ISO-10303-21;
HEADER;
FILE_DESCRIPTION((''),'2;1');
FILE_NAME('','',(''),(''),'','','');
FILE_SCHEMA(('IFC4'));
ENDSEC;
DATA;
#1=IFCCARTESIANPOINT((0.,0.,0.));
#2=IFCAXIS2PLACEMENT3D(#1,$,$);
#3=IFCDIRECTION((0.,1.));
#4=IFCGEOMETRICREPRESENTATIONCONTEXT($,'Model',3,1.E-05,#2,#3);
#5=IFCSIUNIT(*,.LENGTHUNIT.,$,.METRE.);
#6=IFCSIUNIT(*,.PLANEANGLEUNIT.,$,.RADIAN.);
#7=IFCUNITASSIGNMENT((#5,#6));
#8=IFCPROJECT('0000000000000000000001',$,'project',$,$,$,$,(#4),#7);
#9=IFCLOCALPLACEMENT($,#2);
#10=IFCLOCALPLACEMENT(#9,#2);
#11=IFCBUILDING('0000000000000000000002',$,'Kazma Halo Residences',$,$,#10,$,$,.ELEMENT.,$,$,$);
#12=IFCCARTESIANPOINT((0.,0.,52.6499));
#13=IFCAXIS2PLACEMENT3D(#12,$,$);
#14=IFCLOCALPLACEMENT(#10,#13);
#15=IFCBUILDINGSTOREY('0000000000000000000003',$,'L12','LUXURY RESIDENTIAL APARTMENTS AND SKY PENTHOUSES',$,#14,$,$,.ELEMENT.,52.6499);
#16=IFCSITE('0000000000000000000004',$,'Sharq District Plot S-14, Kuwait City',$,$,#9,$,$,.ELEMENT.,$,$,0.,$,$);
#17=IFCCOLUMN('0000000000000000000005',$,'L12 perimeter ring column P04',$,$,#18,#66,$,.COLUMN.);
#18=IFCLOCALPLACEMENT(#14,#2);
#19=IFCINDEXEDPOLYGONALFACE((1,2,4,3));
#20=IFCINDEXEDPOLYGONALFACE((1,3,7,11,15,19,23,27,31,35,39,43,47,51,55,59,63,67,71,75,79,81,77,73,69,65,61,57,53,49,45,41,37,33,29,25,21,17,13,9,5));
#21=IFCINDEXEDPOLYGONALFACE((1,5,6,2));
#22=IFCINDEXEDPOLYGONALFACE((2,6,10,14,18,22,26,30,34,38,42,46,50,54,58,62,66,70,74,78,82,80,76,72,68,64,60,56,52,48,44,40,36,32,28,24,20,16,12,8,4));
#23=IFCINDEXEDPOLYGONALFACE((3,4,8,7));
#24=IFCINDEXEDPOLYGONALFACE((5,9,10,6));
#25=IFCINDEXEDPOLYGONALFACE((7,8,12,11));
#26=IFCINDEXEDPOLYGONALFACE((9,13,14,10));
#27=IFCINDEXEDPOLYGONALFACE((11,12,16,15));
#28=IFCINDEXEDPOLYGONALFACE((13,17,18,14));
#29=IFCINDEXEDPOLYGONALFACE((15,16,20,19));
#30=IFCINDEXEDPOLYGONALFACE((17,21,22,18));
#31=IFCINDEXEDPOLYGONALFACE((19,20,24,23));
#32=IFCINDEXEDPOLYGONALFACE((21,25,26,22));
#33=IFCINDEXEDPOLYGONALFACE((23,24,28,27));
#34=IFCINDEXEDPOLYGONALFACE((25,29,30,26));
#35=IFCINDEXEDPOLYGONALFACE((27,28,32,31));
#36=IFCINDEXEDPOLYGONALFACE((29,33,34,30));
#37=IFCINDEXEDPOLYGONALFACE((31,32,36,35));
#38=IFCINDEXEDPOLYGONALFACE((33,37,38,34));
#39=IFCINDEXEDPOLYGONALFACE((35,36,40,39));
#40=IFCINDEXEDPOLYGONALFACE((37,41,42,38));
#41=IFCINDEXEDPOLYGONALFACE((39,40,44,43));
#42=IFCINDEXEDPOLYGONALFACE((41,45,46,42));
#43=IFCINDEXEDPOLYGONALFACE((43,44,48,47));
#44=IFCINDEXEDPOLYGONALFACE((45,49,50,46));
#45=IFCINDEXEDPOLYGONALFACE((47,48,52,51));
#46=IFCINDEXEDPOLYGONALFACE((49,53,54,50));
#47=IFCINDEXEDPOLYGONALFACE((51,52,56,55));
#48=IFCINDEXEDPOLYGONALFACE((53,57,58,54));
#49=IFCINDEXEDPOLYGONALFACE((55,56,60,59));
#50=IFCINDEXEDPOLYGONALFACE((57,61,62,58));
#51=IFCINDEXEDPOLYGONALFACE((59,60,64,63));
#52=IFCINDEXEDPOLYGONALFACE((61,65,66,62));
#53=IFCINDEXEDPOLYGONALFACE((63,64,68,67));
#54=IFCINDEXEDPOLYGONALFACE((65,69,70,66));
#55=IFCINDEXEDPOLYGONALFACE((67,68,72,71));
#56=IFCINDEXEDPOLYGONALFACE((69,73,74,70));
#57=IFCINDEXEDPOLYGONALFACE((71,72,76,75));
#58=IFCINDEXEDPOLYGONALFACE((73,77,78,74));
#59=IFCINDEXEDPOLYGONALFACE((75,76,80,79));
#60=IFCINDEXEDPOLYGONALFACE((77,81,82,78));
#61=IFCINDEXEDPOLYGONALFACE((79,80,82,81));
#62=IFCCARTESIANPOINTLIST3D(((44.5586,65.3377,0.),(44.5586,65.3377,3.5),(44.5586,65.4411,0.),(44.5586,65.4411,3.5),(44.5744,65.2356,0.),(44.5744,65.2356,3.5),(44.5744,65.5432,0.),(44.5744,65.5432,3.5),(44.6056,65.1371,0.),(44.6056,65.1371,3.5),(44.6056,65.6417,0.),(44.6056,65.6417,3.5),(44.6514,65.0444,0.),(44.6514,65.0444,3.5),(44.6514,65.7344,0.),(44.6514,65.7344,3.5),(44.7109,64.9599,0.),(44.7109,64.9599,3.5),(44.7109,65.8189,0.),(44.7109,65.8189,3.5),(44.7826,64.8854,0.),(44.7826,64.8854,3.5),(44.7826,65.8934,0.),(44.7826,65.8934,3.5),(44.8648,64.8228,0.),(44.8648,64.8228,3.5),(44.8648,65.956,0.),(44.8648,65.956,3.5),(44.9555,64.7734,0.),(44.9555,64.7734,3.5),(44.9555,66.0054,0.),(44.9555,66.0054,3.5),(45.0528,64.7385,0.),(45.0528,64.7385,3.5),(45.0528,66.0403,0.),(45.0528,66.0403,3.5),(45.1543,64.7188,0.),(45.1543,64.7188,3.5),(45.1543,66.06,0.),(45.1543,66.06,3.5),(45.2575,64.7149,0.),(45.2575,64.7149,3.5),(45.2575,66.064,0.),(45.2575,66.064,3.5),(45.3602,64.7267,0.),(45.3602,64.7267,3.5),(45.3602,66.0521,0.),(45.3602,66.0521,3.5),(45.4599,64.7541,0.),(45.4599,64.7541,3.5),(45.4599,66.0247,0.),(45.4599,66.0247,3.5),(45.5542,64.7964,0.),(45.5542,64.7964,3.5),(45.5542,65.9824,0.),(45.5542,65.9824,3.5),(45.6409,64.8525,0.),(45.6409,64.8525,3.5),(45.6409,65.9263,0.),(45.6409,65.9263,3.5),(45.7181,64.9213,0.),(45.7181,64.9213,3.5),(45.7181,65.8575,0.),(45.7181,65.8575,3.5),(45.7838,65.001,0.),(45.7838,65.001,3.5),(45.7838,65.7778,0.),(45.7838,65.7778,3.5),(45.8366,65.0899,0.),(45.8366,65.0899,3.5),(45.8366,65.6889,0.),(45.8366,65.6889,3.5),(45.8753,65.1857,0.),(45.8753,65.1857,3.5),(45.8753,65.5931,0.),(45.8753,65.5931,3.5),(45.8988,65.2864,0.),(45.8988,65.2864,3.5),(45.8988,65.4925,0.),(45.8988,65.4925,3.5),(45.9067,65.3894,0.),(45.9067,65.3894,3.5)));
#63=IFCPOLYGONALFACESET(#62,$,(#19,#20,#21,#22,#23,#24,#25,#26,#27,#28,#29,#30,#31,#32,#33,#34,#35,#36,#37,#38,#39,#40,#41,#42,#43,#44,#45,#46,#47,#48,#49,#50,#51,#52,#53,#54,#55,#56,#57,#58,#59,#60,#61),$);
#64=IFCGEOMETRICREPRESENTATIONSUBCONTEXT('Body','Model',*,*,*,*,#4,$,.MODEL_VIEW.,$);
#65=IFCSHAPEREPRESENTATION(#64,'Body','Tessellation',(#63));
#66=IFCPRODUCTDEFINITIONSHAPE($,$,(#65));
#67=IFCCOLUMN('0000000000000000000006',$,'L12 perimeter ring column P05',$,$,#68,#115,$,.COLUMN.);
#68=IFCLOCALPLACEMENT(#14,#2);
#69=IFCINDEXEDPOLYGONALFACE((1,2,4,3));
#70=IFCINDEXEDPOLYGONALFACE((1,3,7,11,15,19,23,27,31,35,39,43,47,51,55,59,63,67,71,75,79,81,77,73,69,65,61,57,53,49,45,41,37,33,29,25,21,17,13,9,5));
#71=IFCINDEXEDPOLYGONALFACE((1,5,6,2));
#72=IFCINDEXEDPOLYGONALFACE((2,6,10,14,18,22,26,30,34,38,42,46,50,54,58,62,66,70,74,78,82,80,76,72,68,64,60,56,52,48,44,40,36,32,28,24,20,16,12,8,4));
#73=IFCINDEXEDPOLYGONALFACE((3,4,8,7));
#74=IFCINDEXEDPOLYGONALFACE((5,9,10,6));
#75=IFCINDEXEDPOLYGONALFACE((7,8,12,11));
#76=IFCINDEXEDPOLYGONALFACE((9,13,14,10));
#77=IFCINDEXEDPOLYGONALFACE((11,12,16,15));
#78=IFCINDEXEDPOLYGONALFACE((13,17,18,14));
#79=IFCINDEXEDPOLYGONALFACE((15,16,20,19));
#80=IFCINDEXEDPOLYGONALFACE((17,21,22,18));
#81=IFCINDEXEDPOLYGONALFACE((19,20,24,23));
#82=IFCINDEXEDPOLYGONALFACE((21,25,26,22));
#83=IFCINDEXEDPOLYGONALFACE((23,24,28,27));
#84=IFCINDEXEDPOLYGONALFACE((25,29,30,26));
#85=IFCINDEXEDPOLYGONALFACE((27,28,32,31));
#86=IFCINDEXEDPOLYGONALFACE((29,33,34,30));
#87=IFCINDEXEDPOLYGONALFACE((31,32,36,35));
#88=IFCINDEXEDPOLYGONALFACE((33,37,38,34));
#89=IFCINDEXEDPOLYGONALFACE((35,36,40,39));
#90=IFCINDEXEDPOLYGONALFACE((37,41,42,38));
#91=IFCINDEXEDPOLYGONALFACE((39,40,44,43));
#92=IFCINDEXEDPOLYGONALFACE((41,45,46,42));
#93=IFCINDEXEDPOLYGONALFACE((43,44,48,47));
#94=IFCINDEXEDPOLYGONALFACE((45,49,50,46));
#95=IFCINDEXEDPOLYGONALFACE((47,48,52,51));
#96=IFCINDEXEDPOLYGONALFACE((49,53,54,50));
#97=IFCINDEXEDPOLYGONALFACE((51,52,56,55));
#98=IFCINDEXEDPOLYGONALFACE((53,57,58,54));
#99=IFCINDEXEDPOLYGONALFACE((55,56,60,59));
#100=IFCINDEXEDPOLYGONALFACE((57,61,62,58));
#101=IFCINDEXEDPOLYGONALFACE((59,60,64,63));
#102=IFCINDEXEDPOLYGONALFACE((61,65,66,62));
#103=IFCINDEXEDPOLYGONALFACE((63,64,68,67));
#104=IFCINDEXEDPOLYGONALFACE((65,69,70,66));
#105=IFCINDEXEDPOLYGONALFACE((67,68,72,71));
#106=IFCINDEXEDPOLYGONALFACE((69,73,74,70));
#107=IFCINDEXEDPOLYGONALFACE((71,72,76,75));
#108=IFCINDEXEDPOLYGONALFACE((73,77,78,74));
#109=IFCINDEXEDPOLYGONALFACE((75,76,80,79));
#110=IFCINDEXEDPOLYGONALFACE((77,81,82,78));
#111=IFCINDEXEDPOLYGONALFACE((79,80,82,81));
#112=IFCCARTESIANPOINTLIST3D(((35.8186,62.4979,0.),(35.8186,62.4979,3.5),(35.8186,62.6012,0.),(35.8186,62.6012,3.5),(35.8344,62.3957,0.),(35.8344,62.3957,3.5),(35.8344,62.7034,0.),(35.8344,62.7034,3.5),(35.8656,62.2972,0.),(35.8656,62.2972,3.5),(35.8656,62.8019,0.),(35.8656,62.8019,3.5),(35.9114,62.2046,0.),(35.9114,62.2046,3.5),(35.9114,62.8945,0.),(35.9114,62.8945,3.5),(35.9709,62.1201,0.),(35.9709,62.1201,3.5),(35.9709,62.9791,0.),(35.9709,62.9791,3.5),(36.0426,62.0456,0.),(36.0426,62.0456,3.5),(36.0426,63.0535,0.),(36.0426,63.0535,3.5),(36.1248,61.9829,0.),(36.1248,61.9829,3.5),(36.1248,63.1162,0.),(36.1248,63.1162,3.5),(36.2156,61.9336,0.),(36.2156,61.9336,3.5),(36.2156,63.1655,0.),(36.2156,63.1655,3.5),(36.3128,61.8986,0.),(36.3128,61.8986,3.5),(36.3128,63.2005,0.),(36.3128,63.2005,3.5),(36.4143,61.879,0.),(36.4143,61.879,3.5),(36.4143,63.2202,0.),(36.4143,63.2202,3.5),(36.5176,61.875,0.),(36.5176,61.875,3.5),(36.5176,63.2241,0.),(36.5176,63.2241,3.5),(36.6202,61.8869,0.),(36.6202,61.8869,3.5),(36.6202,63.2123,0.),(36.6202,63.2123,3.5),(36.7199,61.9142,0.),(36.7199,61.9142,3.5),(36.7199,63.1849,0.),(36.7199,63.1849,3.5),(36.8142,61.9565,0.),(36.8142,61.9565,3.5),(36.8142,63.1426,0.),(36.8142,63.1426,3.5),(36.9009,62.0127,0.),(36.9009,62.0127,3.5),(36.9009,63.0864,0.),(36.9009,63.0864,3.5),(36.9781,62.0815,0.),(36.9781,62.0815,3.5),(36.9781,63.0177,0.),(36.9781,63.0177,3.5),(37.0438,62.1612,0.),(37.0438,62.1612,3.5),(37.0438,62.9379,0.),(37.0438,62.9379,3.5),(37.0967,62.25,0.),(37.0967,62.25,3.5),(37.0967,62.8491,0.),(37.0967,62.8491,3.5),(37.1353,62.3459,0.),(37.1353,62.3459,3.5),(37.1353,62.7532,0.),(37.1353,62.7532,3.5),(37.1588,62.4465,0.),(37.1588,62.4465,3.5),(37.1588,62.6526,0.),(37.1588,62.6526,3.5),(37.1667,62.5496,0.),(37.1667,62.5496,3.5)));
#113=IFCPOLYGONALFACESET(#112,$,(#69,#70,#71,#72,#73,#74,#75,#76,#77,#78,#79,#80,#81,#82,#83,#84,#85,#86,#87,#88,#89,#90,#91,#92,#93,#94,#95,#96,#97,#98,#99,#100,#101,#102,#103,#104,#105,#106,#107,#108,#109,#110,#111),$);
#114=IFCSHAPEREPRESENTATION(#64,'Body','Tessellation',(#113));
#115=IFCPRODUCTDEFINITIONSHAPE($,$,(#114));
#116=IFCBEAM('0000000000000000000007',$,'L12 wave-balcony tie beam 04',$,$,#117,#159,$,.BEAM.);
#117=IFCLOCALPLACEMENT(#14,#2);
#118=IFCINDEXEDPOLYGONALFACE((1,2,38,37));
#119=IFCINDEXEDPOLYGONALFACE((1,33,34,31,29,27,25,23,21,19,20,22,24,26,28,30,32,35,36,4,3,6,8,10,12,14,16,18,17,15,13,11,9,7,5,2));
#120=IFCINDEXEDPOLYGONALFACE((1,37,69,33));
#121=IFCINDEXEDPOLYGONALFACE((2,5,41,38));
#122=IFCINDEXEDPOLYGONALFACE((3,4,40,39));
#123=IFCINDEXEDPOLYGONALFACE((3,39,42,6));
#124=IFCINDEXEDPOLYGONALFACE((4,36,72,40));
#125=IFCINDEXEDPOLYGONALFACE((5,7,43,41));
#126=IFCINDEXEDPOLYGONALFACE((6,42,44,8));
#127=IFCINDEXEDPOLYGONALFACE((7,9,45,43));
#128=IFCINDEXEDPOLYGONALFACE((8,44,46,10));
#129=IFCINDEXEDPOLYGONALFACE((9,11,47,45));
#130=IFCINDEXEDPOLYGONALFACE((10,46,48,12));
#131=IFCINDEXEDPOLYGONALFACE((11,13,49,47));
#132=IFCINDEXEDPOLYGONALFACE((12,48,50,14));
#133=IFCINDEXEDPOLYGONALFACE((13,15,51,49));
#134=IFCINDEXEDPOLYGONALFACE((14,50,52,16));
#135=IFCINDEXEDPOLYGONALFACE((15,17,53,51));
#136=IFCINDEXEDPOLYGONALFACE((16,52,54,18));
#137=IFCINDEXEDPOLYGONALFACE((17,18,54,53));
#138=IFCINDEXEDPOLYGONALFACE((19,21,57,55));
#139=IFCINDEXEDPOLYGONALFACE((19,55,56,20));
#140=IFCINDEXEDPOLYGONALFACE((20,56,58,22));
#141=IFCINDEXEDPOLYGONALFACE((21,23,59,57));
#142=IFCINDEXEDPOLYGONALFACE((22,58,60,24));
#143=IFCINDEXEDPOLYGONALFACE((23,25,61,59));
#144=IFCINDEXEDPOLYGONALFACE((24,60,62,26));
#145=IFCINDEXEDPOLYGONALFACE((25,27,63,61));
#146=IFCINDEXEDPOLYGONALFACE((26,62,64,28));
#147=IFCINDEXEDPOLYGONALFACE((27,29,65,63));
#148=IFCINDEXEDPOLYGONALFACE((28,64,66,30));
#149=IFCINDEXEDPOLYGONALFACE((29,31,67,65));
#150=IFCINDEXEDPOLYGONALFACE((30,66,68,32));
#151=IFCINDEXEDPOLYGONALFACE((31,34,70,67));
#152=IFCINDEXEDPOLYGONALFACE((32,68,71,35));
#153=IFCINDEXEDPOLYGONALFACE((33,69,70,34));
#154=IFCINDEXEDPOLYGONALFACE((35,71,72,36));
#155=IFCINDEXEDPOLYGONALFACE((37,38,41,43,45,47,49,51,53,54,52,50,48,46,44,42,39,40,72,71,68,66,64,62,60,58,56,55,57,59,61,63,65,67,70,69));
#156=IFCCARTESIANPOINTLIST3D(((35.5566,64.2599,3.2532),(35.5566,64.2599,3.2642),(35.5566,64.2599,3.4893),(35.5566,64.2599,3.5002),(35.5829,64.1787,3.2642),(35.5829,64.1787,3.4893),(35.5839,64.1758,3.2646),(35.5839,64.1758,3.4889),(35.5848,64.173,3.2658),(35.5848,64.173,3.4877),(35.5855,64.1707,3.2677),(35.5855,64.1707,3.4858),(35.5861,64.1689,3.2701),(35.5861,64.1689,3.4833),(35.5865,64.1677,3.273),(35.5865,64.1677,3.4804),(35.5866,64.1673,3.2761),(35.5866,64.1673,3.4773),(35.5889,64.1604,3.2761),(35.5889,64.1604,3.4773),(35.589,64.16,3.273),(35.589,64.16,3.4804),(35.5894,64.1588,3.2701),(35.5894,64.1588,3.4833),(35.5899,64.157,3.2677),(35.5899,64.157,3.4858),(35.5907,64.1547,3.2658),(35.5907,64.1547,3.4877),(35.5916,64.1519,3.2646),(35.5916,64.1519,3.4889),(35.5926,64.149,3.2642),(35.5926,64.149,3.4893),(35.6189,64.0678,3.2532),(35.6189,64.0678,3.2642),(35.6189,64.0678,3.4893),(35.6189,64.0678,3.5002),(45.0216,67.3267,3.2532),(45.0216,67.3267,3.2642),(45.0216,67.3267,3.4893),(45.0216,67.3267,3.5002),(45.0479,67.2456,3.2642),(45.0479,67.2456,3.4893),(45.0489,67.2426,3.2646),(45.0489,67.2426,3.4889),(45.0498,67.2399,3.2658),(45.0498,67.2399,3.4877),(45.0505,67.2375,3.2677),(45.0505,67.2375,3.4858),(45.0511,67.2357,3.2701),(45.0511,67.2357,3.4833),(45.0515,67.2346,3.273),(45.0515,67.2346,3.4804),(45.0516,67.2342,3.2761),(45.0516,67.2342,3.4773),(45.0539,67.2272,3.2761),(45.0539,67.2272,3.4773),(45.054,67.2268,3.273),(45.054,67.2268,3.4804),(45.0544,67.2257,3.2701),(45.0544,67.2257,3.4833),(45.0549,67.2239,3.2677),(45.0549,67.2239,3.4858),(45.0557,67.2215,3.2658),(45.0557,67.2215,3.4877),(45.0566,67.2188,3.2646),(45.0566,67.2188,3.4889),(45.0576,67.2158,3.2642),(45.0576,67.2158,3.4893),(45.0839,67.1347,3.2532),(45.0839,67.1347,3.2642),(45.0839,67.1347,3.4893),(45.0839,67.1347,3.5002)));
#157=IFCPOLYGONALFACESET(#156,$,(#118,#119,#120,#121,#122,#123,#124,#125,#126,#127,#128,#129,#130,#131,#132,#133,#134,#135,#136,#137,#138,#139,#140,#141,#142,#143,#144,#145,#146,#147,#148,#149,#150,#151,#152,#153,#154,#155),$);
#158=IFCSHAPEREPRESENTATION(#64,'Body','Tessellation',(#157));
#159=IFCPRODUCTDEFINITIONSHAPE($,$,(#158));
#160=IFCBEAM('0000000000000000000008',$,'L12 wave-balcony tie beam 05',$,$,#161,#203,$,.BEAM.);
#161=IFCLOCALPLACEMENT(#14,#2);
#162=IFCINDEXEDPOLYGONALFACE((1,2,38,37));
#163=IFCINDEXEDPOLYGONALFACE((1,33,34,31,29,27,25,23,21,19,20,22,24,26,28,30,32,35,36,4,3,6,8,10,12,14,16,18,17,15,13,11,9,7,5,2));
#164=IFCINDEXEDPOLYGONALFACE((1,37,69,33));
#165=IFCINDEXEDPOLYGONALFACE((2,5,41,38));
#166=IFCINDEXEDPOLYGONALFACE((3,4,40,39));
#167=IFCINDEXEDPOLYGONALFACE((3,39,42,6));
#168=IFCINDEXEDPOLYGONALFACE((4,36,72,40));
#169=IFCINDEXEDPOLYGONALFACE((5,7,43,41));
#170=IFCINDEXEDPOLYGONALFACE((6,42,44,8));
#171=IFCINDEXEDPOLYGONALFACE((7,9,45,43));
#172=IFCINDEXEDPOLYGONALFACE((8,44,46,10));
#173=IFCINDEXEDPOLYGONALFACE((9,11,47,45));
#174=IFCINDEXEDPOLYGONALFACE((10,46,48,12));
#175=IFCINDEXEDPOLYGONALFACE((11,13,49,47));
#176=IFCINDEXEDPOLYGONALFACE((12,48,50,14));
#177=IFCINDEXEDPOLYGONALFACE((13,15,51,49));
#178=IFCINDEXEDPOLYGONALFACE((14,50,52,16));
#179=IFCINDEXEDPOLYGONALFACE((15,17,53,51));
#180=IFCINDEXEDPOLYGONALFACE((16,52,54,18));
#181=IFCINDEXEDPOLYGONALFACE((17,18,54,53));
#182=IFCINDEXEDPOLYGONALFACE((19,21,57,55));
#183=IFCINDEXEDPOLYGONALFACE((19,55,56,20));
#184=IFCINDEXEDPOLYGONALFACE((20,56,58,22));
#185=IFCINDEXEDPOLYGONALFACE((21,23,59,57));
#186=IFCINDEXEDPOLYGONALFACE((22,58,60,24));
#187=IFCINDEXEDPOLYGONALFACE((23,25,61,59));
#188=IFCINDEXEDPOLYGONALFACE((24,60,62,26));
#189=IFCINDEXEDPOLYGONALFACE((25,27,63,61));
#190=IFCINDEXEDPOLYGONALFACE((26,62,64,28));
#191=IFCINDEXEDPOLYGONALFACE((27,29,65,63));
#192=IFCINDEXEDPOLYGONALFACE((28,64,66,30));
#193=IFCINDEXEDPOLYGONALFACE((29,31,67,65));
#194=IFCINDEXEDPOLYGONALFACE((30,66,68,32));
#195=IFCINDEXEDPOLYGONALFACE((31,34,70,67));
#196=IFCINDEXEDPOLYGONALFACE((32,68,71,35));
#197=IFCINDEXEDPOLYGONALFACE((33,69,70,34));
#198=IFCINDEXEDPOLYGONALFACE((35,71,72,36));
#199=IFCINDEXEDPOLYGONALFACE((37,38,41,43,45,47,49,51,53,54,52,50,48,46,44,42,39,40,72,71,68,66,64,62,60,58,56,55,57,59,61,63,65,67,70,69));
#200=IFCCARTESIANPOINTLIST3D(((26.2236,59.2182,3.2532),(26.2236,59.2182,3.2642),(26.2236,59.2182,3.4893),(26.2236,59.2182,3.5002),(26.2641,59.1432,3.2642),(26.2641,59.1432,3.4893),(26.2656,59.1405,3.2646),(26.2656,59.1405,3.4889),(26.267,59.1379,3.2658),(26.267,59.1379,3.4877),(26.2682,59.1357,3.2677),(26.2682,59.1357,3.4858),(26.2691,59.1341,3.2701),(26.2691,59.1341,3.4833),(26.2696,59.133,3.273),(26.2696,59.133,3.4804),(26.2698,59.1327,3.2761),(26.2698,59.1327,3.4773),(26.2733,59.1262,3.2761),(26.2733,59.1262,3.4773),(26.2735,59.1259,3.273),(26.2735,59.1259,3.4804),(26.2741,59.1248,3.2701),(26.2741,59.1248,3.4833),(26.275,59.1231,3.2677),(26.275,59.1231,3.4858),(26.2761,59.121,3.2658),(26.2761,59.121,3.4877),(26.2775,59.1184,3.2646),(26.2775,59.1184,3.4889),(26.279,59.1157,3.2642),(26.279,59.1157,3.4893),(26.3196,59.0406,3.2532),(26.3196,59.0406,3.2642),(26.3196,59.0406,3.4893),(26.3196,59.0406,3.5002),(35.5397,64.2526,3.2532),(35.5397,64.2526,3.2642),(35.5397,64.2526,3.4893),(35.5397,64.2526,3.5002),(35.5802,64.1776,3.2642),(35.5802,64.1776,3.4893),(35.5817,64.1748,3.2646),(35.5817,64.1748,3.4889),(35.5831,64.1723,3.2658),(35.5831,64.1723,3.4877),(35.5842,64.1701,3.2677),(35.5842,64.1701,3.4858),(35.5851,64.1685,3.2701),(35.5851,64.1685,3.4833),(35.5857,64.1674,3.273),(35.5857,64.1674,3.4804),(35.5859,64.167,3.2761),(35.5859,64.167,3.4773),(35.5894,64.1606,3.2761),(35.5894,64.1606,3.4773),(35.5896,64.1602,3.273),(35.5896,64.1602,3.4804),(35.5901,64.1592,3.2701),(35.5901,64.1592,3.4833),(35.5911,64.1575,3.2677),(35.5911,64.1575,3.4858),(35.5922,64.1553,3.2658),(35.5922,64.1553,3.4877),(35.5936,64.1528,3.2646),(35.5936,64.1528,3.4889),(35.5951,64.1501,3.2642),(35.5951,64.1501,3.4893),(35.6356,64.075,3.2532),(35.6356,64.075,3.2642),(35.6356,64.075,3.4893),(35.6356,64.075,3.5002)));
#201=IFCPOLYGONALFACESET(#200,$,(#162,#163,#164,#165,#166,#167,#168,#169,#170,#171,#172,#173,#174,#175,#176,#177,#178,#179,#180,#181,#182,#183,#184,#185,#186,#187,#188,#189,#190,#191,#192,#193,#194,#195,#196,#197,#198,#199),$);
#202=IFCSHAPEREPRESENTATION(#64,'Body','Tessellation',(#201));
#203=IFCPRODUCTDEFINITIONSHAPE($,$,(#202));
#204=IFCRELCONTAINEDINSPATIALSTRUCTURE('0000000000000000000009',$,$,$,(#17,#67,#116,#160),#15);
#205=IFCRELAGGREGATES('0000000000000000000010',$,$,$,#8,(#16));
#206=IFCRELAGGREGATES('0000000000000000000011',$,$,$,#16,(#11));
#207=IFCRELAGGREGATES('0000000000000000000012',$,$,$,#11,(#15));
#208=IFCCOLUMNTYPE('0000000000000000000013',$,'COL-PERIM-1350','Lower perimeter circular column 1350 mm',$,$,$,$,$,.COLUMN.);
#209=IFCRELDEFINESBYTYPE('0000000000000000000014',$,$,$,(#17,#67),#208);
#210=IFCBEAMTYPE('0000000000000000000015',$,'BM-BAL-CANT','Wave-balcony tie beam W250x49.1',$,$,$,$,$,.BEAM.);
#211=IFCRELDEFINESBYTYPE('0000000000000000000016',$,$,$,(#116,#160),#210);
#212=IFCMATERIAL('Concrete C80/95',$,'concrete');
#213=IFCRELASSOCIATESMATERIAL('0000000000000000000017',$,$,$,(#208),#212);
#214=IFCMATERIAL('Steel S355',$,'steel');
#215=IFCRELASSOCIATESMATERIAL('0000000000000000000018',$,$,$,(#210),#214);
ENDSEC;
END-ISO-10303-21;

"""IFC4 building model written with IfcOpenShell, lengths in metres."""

from ifc_helpers import new_model, si_unit, direction, frame, origin, origin_2d, place, context, subcontext, project, spatial, circle, i_section, extrude, material, material_profile, profile_set, type_object, element, save


model = new_model("IFC4")

# Units and contexts
model_context = context("Model", 3, precision=1e-05, world=origin(), true_north=direction((0.0, 1.0)))
body_context = subcontext(model_context, "Body", "Model", "MODEL_VIEW")
ifc_project = project(units=[si_unit("LENGTHUNIT", "METRE"), si_unit("PLANEANGLEUNIT", "RADIAN")], contexts=[model_context])

# Site, building, storey
site_placement = place(None, origin())
site = spatial("IfcSite", under=ifc_project, at=site_placement, Name="Sharq District Plot S-14, Kuwait City", CompositionType="ELEMENT", RefElevation=0.0)
building_placement = place(site_placement, origin())
building = spatial("IfcBuilding", under=site, at=building_placement, Name="Kazma Halo Residences", CompositionType="ELEMENT")
storey_placement = place(building_placement, frame((0.0, 0.0, 52.6499)))
storey = spatial("IfcBuildingStorey", under=building, at=storey_placement, Name="L12", Description="LUXURY RESIDENTIAL APARTMENTS AND SKY PENTHOUSES", CompositionType="ELEMENT", Elevation=52.6499)

# Columns
ifc_material_1 = material(Name="Concrete C80/95", Category="concrete")
ifc_material_profile_1 = material_profile(ifc_material_1, circle(Radius=0.675, at=origin_2d()), Name="CIRC1350")
ifc_profile_set_1 = profile_set([ifc_material_profile_1], Name="Concrete C80/95")
column_type = type_object("IfcColumnType", Name="COL-PERIM-1350", Description="Lower perimeter circular column 1350 mm", PredefinedType="COLUMN", material=ifc_profile_set_1)
for number, where, z_axis, x_axis, name in (
    (1, (45.2317, 65.3894, 0.0), (0.0, 0.0, 1.0), (1.0, 0.0, 0.0), "L12 perimeter ring column P04"),
    (2, (36.4917, 62.5496, 0.0), (0.0, 0.0, 1.0), (1.0, 0.0, 0.0), "L12 perimeter ring column P05"),
):
    element("IfcColumn", number, at=place(storey_placement, frame(where, z_axis=z_axis, x_axis=x_axis)), inside=storey, type_object=column_type, Name=name, PredefinedType="COLUMN", context=body_context, shape_type="SweptSolid", body=[
        extrude(circle(Radius=0.675, at=origin_2d()), origin(), (0.0, 0.0, 1.0), 3.5),
    ])

# Beams
ifc_material_2 = material(Name="Steel S355", Category="steel")
ifc_material_profile_2 = material_profile(ifc_material_2, i_section(OverallWidth=0.2019, OverallDepth=0.2471, WebThickness=0.0073, FlangeThickness=0.011, FilletRadius=0.012, at=origin_2d()), Name="W250x49.1")
ifc_profile_set_2 = profile_set([ifc_material_profile_2], Name="Steel S355")
beam_type_1 = type_object("IfcBeamType", Name="BM-BAL-CANT", Description="Wave-balcony tie beam W250x49.1", PredefinedType="BEAM", material=ifc_profile_set_2)
beam_1_placement = place(storey_placement, frame((45.0527, 67.2307, 3.3767), z_axis=(-0.951307, -0.308244, 0.0), x_axis=(0.308244, -0.951307, 0.0)))
element("IfcBeam", 3, at=beam_1_placement, inside=storey, type_object=beam_type_1, Name="L12 wave-balcony tie beam 04", PredefinedType="BEAM", context=body_context, shape_type="SweptSolid", body=[
    extrude(i_section(OverallWidth=0.2019, OverallDepth=0.2471, WebThickness=0.0073, FlangeThickness=0.011, FilletRadius=0.012, at=origin_2d()), origin(), (0.0, 0.0, 1.0), 9.9495),
])
beam_2_placement = place(storey_placement, frame((35.5876, 64.1638, 3.3767), z_axis=(-0.879759, -0.475419, 0.0), x_axis=(0.475419, -0.879759, 0.0)))
element("IfcBeam", 4, at=beam_2_placement, inside=storey, type_object=beam_type_1, Name="L12 wave-balcony tie beam 05", PredefinedType="BEAM", context=body_context, shape_type="SweptSolid", body=[
    extrude(i_section(OverallWidth=0.2019, OverallDepth=0.2471, WebThickness=0.0073, FlangeThickness=0.011, FilletRadius=0.012, at=origin_2d()), origin(), (0.0, 0.0, 1.0), 10.5894),
])

save(model, "model.ifc")
